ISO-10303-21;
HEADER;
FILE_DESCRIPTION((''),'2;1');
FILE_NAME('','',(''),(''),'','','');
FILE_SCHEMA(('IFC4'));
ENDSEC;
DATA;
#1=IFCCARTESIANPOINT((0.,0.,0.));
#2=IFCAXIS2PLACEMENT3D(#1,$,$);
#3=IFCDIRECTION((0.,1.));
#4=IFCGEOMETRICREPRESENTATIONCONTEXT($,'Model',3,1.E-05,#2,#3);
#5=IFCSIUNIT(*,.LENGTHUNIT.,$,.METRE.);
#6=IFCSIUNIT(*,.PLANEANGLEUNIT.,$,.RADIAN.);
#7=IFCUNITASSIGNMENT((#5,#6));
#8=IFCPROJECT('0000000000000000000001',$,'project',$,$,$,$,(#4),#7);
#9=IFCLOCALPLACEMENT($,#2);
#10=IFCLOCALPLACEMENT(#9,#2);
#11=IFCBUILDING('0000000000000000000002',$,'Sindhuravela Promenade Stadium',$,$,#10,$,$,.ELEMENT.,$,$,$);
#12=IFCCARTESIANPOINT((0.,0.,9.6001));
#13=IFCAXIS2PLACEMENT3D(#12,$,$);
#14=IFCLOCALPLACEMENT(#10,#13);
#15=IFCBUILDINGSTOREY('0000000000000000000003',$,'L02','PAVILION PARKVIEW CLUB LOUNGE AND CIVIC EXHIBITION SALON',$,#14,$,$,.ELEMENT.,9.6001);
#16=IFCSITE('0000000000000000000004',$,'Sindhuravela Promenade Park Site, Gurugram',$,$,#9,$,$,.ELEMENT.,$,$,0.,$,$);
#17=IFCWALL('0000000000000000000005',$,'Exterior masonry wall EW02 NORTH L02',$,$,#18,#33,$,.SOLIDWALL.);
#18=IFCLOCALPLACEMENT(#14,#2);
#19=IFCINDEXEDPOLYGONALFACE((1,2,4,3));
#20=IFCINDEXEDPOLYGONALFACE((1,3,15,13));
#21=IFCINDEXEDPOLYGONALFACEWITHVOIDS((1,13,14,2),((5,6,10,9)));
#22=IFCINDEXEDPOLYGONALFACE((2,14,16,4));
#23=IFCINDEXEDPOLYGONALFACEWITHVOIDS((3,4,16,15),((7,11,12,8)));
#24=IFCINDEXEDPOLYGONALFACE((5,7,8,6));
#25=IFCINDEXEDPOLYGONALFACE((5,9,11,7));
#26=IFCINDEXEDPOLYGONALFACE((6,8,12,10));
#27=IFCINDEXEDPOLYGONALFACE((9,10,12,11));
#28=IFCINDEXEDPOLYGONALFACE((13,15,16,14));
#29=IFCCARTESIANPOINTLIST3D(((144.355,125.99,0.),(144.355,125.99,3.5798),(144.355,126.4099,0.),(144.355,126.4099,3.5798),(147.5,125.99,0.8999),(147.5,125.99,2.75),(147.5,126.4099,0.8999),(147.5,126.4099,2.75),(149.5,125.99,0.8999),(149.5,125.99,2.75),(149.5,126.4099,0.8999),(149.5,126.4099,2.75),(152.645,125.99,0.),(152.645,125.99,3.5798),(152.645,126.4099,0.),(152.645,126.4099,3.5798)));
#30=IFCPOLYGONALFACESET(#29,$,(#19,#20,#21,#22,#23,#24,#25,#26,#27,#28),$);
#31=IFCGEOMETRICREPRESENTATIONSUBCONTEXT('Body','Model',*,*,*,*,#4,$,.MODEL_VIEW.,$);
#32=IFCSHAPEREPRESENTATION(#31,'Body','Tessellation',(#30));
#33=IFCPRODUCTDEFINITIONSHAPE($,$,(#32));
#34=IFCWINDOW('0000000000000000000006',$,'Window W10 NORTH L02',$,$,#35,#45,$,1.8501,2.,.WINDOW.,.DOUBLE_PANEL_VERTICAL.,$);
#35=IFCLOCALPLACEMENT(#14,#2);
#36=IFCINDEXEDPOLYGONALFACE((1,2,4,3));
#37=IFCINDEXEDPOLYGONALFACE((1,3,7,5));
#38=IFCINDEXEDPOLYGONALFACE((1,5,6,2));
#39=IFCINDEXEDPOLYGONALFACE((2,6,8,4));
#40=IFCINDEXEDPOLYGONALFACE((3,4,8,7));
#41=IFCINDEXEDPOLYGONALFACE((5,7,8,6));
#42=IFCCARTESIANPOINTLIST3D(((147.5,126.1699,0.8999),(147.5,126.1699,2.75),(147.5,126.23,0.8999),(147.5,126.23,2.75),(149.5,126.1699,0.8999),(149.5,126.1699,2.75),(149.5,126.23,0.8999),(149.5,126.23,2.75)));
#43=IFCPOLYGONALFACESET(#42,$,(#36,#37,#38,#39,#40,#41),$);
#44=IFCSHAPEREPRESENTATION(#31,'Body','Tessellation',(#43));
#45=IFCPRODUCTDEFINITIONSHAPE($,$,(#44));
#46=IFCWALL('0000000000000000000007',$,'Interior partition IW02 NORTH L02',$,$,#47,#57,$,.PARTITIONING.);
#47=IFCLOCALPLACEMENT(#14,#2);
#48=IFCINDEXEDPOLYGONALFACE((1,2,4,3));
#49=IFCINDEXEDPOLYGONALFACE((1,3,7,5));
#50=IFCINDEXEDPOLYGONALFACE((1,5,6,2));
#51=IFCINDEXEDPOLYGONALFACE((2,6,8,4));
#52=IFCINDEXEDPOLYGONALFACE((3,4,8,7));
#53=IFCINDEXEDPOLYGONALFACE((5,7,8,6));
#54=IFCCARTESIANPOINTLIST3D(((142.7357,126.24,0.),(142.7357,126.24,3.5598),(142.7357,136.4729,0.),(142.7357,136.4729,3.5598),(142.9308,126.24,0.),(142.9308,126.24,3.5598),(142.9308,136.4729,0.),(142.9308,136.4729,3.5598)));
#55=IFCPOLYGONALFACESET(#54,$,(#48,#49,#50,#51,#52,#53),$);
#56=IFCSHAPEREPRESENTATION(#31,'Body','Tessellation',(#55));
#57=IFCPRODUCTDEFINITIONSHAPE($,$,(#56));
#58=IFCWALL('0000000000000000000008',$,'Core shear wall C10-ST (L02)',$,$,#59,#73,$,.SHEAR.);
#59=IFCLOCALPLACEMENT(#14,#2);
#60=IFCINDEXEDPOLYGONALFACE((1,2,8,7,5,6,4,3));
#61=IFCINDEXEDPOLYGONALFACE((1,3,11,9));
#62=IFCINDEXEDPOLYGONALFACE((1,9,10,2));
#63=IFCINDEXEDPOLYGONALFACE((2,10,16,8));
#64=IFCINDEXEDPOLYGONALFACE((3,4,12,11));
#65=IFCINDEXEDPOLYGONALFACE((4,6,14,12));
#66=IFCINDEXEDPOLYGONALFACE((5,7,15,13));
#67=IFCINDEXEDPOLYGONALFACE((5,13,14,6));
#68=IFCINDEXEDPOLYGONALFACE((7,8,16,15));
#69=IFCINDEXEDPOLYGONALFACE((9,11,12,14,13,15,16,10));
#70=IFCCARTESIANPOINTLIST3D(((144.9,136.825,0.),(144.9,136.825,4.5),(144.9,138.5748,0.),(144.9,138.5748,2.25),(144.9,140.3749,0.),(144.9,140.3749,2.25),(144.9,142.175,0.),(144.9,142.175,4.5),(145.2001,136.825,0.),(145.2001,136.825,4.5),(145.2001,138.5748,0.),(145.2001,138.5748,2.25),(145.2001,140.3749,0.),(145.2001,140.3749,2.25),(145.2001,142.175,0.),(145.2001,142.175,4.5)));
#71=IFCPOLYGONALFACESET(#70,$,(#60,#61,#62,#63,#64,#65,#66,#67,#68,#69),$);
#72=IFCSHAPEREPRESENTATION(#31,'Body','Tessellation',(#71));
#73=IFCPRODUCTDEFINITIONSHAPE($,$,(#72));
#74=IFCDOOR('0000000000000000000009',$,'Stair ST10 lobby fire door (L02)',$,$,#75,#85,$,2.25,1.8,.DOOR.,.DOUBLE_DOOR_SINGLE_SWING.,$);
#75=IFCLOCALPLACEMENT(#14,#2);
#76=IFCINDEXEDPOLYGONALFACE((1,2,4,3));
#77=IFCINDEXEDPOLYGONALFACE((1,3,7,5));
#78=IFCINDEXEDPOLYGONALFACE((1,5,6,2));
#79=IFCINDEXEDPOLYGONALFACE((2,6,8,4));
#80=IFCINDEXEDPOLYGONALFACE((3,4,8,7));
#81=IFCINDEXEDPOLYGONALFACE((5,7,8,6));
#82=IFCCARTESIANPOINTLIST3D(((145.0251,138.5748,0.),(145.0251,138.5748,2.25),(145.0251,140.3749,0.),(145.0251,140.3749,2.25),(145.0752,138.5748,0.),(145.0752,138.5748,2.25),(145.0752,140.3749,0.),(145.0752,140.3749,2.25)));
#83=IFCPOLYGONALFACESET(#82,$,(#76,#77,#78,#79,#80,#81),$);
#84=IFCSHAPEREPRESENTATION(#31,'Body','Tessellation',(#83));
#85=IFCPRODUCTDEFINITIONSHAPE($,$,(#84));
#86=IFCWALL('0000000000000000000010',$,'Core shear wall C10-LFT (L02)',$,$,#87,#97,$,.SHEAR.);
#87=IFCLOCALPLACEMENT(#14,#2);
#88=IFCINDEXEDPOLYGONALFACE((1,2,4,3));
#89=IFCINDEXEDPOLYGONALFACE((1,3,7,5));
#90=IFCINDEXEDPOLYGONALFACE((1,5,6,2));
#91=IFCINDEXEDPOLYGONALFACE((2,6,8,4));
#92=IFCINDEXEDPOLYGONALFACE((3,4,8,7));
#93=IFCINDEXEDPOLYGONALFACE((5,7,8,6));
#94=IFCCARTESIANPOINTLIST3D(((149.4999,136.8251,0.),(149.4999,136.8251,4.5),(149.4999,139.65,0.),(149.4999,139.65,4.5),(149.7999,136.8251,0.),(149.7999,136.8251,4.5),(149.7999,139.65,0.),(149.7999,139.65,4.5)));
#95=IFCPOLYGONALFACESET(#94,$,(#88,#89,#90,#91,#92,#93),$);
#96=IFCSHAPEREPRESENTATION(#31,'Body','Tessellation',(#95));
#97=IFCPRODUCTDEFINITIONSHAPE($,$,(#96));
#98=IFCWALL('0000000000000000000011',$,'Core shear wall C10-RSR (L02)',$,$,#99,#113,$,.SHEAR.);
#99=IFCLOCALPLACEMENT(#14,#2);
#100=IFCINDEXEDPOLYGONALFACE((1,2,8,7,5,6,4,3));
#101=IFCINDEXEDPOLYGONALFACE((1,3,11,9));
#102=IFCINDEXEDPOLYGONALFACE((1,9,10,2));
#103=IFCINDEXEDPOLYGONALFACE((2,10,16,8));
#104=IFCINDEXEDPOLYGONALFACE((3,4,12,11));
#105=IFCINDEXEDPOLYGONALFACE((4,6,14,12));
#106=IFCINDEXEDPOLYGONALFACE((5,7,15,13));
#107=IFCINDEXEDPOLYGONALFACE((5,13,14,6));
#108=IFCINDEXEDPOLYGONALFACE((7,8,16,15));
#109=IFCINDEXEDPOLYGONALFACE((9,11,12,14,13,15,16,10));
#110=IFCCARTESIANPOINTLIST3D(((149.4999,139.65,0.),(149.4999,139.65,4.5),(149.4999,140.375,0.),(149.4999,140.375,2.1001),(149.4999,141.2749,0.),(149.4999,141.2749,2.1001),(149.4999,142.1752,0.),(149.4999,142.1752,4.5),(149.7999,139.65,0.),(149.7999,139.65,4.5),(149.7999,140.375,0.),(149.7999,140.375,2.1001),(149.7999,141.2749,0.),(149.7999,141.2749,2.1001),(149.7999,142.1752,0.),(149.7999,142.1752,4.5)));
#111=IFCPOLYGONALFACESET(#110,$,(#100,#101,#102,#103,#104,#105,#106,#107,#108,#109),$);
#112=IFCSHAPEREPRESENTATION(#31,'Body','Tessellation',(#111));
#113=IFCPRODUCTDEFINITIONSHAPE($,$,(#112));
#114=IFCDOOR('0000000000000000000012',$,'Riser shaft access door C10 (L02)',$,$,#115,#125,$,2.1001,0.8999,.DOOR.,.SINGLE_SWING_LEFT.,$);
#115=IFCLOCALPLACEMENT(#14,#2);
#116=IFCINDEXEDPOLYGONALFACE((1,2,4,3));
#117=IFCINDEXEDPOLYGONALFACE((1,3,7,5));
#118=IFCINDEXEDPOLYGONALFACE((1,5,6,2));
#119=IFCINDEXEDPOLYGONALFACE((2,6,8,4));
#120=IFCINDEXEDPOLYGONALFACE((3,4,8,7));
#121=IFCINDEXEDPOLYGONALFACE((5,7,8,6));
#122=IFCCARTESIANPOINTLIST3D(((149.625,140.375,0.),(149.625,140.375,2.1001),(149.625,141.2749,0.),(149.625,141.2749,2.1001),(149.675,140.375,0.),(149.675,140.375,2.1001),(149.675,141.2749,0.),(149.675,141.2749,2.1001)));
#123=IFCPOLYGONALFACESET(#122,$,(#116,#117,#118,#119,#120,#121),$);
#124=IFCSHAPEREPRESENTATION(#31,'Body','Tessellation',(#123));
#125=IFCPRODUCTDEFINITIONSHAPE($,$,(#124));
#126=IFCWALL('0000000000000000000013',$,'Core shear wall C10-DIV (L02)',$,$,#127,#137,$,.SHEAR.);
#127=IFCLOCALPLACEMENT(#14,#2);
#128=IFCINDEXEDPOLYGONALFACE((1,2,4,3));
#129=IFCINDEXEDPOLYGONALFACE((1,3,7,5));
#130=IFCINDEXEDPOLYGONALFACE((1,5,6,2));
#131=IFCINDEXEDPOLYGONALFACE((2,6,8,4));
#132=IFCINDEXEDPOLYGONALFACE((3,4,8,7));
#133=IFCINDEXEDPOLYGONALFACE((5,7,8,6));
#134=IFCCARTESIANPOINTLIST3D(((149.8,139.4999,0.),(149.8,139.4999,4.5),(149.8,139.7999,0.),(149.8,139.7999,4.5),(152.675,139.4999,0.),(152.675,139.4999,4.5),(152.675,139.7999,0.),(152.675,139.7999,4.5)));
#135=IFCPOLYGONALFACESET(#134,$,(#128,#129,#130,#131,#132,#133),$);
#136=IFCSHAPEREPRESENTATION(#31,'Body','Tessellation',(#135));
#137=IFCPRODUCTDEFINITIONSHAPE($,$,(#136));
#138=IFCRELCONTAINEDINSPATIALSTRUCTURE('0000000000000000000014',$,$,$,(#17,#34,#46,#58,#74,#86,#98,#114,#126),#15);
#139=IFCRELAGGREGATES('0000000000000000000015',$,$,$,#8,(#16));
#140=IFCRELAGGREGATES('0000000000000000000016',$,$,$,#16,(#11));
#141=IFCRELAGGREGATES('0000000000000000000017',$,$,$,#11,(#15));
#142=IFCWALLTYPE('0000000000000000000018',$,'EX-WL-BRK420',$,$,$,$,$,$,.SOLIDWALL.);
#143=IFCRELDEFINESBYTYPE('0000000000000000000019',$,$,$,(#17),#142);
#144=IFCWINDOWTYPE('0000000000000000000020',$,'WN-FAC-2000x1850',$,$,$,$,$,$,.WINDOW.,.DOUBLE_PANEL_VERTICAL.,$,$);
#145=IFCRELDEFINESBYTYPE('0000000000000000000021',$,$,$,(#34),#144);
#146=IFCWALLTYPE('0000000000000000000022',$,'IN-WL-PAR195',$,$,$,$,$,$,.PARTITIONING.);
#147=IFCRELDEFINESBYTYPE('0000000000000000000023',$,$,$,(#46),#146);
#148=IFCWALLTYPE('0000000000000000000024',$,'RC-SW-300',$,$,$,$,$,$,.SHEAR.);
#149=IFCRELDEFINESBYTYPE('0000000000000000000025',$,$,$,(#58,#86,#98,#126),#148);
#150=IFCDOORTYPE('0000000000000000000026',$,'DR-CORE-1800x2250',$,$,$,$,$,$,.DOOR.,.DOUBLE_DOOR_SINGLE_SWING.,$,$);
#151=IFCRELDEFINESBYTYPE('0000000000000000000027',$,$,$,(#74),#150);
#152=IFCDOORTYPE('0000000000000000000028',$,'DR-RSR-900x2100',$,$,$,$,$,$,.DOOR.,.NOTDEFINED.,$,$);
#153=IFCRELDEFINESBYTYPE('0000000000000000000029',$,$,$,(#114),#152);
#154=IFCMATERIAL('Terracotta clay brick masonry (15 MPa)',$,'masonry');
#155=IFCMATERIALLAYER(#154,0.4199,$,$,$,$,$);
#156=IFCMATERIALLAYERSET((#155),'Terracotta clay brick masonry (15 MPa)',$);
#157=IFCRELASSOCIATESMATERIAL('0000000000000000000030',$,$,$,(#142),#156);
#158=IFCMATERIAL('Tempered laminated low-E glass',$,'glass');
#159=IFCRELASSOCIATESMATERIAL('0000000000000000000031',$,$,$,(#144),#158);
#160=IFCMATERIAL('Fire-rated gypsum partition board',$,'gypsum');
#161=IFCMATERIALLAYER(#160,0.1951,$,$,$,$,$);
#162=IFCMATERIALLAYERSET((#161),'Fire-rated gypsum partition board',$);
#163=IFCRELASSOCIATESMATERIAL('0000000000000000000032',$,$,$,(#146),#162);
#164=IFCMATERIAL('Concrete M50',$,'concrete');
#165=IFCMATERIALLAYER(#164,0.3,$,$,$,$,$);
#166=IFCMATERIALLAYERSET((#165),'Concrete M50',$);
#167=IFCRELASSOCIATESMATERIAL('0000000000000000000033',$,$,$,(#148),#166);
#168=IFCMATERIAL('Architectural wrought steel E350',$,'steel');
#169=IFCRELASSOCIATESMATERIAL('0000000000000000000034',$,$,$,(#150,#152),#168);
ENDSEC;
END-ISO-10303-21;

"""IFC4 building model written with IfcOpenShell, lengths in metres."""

from ifc_helpers import new_model, si_unit, direction, frame, frame_2d, origin, place, context, subcontext, project, spatial, rectangle, extrude, material, layer, layer_set, type_object, element, fill, save


model = new_model("IFC4")

# Units and contexts
model_context = context("Model", 3, precision=1e-05, world=origin(), true_north=direction((0.0, 1.0)))
body_context = subcontext(model_context, "Body", "Model", "MODEL_VIEW")
ifc_project = project(units=[si_unit("LENGTHUNIT", "METRE"), si_unit("PLANEANGLEUNIT", "RADIAN")], contexts=[model_context])

# Site, building, storey
site_placement = place(None, origin())
site = spatial("IfcSite", under=ifc_project, at=site_placement, Name="Sindhuravela Promenade Park Site, Gurugram", CompositionType="ELEMENT", RefElevation=0.0)
building_placement = place(site_placement, origin())
building = spatial("IfcBuilding", under=site, at=building_placement, Name="Sindhuravela Promenade Stadium", CompositionType="ELEMENT")
storey_placement = place(building_placement, frame((0.0, 0.0, 9.6001)))
storey = spatial("IfcBuildingStorey", under=building, at=storey_placement, Name="L02", Description="PAVILION PARKVIEW CLUB LOUNGE AND CIVIC EXHIBITION SALON", CompositionType="ELEMENT", Elevation=9.6001)

# Wall, opening, window
ifc_material_1 = material(Name="Terracotta clay brick masonry (15 MPa)", Category="masonry")
ifc_material_2 = material(Name="Tempered laminated low-E glass", Category="glass")
ifc_layer_1 = layer(ifc_material_1, 0.4199)
ifc_layer_set_1 = layer_set([ifc_layer_1], Name="Terracotta clay brick masonry (15 MPa)")
wall_type_1 = type_object("IfcWallType", Name="EX-WL-BRK420", PredefinedType="SOLIDWALL", material=ifc_layer_set_1)
wall_1_placement = place(storey_placement, frame((152.645, 126.2, 0.0), z_axis=(0.0, 0.0, 1.0), x_axis=(-1.0, 0.0, 0.0)))
wall_1 = element("IfcWall", 1, at=wall_1_placement, inside=storey, type_object=wall_type_1, Name="Exterior masonry wall EW02 NORTH L02", PredefinedType="SOLIDWALL", context=body_context, shape_type="SweptSolid", body=[
    extrude(rectangle(XDim=8.29, YDim=0.4199, at=frame_2d((4.145, 0.0))), origin(), (0.0, 0.0, 1.0), 3.5798),
])
opening_1_placement = place(wall_1_placement, frame((3.145, 0.0, 0.8999)))
opening_1 = element("IfcOpeningElement", 2, at=opening_1_placement, cuts=wall_1, PredefinedType="OPENING", context=body_context, shape_type="SweptSolid", body=[
    extrude(rectangle(XDim=2.0, YDim=1.8501, at=frame_2d((1.0, 0.925))), frame((0.0, 0.22, 0.0), z_axis=(0.0, -1.0, 0.0), x_axis=(1.0, 0.0, 0.0)), (0.0, 0.0, 1.0), 0.4399),
])
window_type_1 = type_object("IfcWindowType", Name="WN-FAC-2000x1850", PartitioningType="DOUBLE_PANEL_VERTICAL", PredefinedType="WINDOW", material=ifc_material_2)
window_1_placement = place(opening_1_placement, origin())
window_1 = element("IfcWindow", 3, at=window_1_placement, inside=storey, type_object=window_type_1, Name="Window W10 NORTH L02", OverallHeight=1.8501, OverallWidth=2.0, PartitioningType="DOUBLE_PANEL_VERTICAL", PredefinedType="WINDOW", context=body_context, shape_type="SweptSolid", body=[
    extrude(rectangle(XDim=2.0, YDim=1.8501, at=frame_2d((1.0, 0.925))), frame((0.0, 0.03, 0.0), z_axis=(0.0, -1.0, 0.0), x_axis=(1.0, 0.0, 0.0)), (0.0, 0.0, 1.0), 0.0601),
])
fill(opening_1, window_1)

# Wall
ifc_material_3 = material(Name="Fire-rated gypsum partition board", Category="gypsum")
ifc_layer_2 = layer(ifc_material_3, 0.1951)
ifc_layer_set_2 = layer_set([ifc_layer_2], Name="Fire-rated gypsum partition board")
wall_type_2 = type_object("IfcWallType", Name="IN-WL-PAR195", PredefinedType="PARTITIONING", material=ifc_layer_set_2)
wall_2_placement = place(storey_placement, frame((142.8333, 136.4729, 0.0), z_axis=(0.0, 0.0, 1.0), x_axis=(0.0, -1.0, 0.0)))
element("IfcWall", 4, at=wall_2_placement, inside=storey, type_object=wall_type_2, Name="Interior partition IW02 NORTH L02", PredefinedType="PARTITIONING", context=body_context, shape_type="SweptSolid", body=[
    extrude(rectangle(XDim=10.2329, YDim=0.1951, at=frame_2d((5.1165, 0.0))), origin(), (0.0, 0.0, 1.0), 3.5598),
])

# Wall, opening, door
ifc_material_4 = material(Name="Concrete M50", Category="concrete")
ifc_layer_3 = layer(ifc_material_4, 0.3)
ifc_layer_set_3 = layer_set([ifc_layer_3], Name="Concrete M50")
wall_type_3 = type_object("IfcWallType", Name="RC-SW-300", PredefinedType="SHEAR", material=ifc_layer_set_3)
wall_3_placement = place(storey_placement, frame((145.05, 136.825, 0.0), z_axis=(0.0, 0.0, 1.0), x_axis=(0.0, 1.0, 0.0)))
wall_3 = element("IfcWall", 5, at=wall_3_placement, inside=storey, type_object=wall_type_3, Name="Core shear wall C10-ST (L02)", PredefinedType="SHEAR", context=body_context, shape_type="SweptSolid", body=[
    extrude(rectangle(XDim=5.3501, YDim=0.3, at=frame_2d((2.675, 0.0))), origin(), (0.0, 0.0, 1.0), 4.5),
])
opening_2_placement = place(wall_3_placement, frame((1.75, 0.0, 0.0)))
opening_2 = element("IfcOpeningElement", 6, at=opening_2_placement, cuts=wall_3, PredefinedType="OPENING", context=body_context, shape_type="SweptSolid", body=[
    extrude(rectangle(XDim=1.8, YDim=2.25, at=frame_2d((0.8999, 1.125))), frame((0.0, 0.1599, 0.0), z_axis=(0.0, -1.0, 0.0), x_axis=(1.0, 0.0, 0.0)), (0.0, 0.0, 1.0), 0.3201),
])
ifc_material_5 = material(Name="Architectural wrought steel E350", Category="steel")
door_type_1 = type_object("IfcDoorType", Name="DR-CORE-1800x2250", OperationType="DOUBLE_DOOR_SINGLE_SWING", PredefinedType="DOOR", material=ifc_material_5)
door_1_placement = place(opening_2_placement, origin())
door_1 = element("IfcDoor", 7, at=door_1_placement, inside=storey, type_object=door_type_1, Name="Stair ST10 lobby fire door (L02)", OperationType="DOUBLE_DOOR_SINGLE_SWING", OverallHeight=2.25, OverallWidth=1.8, PredefinedType="DOOR", context=body_context, shape_type="SweptSolid", body=[
    extrude(rectangle(XDim=1.8, YDim=2.25, at=frame_2d((0.8999, 1.125))), frame((0.0, 0.0249, 0.0), z_axis=(0.0, -1.0, 0.0), x_axis=(1.0, 0.0, 0.0)), (0.0, 0.0, 1.0), 0.05),
])
fill(opening_2, door_1)

# Wall
wall_4_placement = place(storey_placement, frame((149.6499, 136.825, 0.0), z_axis=(0.0, 0.0, 1.0), x_axis=(0.0, 1.0, 0.0)))
element("IfcWall", 8, at=wall_4_placement, inside=storey, type_object=wall_type_3, Name="Core shear wall C10-LFT (L02)", PredefinedType="SHEAR", context=body_context, shape_type="SweptSolid", body=[
    extrude(rectangle(XDim=2.825, YDim=0.3, at=frame_2d((1.4126, 0.0))), origin(), (0.0, 0.0, 1.0), 4.5),
])

# Wall, opening, door
wall_5_placement = place(storey_placement, frame((149.6499, 139.6499, 0.0), z_axis=(0.0, 0.0, 1.0), x_axis=(0.0, 1.0, 0.0)))
wall_5 = element("IfcWall", 9, at=wall_5_placement, inside=storey, type_object=wall_type_3, Name="Core shear wall C10-RSR (L02)", PredefinedType="SHEAR", context=body_context, shape_type="SweptSolid", body=[
    extrude(rectangle(XDim=2.5251, YDim=0.3, at=frame_2d((1.2627, 0.0))), origin(), (0.0, 0.0, 1.0), 4.5),
])
opening_3_placement = place(wall_5_placement, frame((0.7251, 0.0, 0.0)))
opening_3 = element("IfcOpeningElement", 10, at=opening_3_placement, cuts=wall_5, PredefinedType="OPENING", context=body_context, shape_type="SweptSolid", body=[
    extrude(rectangle(XDim=0.8999, YDim=2.1001, at=frame_2d((0.45, 1.05))), frame((0.0, 0.1599, 0.0), z_axis=(0.0, -1.0, 0.0), x_axis=(1.0, 0.0, 0.0)), (0.0, 0.0, 1.0), 0.3201),
])
door_type_2 = type_object("IfcDoorType", Name="DR-RSR-900x2100", OperationType="NOTDEFINED", PredefinedType="DOOR", material=ifc_material_5)
door_2_placement = place(opening_3_placement, origin())
door_2 = element("IfcDoor", 11, at=door_2_placement, inside=storey, type_object=door_type_2, Name="Riser shaft access door C10 (L02)", OperationType="SINGLE_SWING_LEFT", OverallHeight=2.1001, OverallWidth=0.8999, PredefinedType="DOOR", context=body_context, shape_type="SweptSolid", body=[
    extrude(rectangle(XDim=0.8999, YDim=2.1001, at=frame_2d((0.45, 1.05))), frame((0.0, 0.0249, 0.0), z_axis=(0.0, -1.0, 0.0), x_axis=(1.0, 0.0, 0.0)), (0.0, 0.0, 1.0), 0.05),
])
fill(opening_3, door_2)

# Wall
wall_6_placement = place(storey_placement, frame((149.8, 139.6499, 0.0), z_axis=(0.0, 0.0, 1.0), x_axis=(1.0, 0.0, 0.0)))
element("IfcWall", 12, at=wall_6_placement, inside=storey, type_object=wall_type_3, Name="Core shear wall C10-DIV (L02)", PredefinedType="SHEAR", context=body_context, shape_type="SweptSolid", body=[
    extrude(rectangle(XDim=2.875, YDim=0.3, at=frame_2d((1.4375, 0.0))), origin(), (0.0, 0.0, 1.0), 4.5),
])

save(model, "model.ifc")
